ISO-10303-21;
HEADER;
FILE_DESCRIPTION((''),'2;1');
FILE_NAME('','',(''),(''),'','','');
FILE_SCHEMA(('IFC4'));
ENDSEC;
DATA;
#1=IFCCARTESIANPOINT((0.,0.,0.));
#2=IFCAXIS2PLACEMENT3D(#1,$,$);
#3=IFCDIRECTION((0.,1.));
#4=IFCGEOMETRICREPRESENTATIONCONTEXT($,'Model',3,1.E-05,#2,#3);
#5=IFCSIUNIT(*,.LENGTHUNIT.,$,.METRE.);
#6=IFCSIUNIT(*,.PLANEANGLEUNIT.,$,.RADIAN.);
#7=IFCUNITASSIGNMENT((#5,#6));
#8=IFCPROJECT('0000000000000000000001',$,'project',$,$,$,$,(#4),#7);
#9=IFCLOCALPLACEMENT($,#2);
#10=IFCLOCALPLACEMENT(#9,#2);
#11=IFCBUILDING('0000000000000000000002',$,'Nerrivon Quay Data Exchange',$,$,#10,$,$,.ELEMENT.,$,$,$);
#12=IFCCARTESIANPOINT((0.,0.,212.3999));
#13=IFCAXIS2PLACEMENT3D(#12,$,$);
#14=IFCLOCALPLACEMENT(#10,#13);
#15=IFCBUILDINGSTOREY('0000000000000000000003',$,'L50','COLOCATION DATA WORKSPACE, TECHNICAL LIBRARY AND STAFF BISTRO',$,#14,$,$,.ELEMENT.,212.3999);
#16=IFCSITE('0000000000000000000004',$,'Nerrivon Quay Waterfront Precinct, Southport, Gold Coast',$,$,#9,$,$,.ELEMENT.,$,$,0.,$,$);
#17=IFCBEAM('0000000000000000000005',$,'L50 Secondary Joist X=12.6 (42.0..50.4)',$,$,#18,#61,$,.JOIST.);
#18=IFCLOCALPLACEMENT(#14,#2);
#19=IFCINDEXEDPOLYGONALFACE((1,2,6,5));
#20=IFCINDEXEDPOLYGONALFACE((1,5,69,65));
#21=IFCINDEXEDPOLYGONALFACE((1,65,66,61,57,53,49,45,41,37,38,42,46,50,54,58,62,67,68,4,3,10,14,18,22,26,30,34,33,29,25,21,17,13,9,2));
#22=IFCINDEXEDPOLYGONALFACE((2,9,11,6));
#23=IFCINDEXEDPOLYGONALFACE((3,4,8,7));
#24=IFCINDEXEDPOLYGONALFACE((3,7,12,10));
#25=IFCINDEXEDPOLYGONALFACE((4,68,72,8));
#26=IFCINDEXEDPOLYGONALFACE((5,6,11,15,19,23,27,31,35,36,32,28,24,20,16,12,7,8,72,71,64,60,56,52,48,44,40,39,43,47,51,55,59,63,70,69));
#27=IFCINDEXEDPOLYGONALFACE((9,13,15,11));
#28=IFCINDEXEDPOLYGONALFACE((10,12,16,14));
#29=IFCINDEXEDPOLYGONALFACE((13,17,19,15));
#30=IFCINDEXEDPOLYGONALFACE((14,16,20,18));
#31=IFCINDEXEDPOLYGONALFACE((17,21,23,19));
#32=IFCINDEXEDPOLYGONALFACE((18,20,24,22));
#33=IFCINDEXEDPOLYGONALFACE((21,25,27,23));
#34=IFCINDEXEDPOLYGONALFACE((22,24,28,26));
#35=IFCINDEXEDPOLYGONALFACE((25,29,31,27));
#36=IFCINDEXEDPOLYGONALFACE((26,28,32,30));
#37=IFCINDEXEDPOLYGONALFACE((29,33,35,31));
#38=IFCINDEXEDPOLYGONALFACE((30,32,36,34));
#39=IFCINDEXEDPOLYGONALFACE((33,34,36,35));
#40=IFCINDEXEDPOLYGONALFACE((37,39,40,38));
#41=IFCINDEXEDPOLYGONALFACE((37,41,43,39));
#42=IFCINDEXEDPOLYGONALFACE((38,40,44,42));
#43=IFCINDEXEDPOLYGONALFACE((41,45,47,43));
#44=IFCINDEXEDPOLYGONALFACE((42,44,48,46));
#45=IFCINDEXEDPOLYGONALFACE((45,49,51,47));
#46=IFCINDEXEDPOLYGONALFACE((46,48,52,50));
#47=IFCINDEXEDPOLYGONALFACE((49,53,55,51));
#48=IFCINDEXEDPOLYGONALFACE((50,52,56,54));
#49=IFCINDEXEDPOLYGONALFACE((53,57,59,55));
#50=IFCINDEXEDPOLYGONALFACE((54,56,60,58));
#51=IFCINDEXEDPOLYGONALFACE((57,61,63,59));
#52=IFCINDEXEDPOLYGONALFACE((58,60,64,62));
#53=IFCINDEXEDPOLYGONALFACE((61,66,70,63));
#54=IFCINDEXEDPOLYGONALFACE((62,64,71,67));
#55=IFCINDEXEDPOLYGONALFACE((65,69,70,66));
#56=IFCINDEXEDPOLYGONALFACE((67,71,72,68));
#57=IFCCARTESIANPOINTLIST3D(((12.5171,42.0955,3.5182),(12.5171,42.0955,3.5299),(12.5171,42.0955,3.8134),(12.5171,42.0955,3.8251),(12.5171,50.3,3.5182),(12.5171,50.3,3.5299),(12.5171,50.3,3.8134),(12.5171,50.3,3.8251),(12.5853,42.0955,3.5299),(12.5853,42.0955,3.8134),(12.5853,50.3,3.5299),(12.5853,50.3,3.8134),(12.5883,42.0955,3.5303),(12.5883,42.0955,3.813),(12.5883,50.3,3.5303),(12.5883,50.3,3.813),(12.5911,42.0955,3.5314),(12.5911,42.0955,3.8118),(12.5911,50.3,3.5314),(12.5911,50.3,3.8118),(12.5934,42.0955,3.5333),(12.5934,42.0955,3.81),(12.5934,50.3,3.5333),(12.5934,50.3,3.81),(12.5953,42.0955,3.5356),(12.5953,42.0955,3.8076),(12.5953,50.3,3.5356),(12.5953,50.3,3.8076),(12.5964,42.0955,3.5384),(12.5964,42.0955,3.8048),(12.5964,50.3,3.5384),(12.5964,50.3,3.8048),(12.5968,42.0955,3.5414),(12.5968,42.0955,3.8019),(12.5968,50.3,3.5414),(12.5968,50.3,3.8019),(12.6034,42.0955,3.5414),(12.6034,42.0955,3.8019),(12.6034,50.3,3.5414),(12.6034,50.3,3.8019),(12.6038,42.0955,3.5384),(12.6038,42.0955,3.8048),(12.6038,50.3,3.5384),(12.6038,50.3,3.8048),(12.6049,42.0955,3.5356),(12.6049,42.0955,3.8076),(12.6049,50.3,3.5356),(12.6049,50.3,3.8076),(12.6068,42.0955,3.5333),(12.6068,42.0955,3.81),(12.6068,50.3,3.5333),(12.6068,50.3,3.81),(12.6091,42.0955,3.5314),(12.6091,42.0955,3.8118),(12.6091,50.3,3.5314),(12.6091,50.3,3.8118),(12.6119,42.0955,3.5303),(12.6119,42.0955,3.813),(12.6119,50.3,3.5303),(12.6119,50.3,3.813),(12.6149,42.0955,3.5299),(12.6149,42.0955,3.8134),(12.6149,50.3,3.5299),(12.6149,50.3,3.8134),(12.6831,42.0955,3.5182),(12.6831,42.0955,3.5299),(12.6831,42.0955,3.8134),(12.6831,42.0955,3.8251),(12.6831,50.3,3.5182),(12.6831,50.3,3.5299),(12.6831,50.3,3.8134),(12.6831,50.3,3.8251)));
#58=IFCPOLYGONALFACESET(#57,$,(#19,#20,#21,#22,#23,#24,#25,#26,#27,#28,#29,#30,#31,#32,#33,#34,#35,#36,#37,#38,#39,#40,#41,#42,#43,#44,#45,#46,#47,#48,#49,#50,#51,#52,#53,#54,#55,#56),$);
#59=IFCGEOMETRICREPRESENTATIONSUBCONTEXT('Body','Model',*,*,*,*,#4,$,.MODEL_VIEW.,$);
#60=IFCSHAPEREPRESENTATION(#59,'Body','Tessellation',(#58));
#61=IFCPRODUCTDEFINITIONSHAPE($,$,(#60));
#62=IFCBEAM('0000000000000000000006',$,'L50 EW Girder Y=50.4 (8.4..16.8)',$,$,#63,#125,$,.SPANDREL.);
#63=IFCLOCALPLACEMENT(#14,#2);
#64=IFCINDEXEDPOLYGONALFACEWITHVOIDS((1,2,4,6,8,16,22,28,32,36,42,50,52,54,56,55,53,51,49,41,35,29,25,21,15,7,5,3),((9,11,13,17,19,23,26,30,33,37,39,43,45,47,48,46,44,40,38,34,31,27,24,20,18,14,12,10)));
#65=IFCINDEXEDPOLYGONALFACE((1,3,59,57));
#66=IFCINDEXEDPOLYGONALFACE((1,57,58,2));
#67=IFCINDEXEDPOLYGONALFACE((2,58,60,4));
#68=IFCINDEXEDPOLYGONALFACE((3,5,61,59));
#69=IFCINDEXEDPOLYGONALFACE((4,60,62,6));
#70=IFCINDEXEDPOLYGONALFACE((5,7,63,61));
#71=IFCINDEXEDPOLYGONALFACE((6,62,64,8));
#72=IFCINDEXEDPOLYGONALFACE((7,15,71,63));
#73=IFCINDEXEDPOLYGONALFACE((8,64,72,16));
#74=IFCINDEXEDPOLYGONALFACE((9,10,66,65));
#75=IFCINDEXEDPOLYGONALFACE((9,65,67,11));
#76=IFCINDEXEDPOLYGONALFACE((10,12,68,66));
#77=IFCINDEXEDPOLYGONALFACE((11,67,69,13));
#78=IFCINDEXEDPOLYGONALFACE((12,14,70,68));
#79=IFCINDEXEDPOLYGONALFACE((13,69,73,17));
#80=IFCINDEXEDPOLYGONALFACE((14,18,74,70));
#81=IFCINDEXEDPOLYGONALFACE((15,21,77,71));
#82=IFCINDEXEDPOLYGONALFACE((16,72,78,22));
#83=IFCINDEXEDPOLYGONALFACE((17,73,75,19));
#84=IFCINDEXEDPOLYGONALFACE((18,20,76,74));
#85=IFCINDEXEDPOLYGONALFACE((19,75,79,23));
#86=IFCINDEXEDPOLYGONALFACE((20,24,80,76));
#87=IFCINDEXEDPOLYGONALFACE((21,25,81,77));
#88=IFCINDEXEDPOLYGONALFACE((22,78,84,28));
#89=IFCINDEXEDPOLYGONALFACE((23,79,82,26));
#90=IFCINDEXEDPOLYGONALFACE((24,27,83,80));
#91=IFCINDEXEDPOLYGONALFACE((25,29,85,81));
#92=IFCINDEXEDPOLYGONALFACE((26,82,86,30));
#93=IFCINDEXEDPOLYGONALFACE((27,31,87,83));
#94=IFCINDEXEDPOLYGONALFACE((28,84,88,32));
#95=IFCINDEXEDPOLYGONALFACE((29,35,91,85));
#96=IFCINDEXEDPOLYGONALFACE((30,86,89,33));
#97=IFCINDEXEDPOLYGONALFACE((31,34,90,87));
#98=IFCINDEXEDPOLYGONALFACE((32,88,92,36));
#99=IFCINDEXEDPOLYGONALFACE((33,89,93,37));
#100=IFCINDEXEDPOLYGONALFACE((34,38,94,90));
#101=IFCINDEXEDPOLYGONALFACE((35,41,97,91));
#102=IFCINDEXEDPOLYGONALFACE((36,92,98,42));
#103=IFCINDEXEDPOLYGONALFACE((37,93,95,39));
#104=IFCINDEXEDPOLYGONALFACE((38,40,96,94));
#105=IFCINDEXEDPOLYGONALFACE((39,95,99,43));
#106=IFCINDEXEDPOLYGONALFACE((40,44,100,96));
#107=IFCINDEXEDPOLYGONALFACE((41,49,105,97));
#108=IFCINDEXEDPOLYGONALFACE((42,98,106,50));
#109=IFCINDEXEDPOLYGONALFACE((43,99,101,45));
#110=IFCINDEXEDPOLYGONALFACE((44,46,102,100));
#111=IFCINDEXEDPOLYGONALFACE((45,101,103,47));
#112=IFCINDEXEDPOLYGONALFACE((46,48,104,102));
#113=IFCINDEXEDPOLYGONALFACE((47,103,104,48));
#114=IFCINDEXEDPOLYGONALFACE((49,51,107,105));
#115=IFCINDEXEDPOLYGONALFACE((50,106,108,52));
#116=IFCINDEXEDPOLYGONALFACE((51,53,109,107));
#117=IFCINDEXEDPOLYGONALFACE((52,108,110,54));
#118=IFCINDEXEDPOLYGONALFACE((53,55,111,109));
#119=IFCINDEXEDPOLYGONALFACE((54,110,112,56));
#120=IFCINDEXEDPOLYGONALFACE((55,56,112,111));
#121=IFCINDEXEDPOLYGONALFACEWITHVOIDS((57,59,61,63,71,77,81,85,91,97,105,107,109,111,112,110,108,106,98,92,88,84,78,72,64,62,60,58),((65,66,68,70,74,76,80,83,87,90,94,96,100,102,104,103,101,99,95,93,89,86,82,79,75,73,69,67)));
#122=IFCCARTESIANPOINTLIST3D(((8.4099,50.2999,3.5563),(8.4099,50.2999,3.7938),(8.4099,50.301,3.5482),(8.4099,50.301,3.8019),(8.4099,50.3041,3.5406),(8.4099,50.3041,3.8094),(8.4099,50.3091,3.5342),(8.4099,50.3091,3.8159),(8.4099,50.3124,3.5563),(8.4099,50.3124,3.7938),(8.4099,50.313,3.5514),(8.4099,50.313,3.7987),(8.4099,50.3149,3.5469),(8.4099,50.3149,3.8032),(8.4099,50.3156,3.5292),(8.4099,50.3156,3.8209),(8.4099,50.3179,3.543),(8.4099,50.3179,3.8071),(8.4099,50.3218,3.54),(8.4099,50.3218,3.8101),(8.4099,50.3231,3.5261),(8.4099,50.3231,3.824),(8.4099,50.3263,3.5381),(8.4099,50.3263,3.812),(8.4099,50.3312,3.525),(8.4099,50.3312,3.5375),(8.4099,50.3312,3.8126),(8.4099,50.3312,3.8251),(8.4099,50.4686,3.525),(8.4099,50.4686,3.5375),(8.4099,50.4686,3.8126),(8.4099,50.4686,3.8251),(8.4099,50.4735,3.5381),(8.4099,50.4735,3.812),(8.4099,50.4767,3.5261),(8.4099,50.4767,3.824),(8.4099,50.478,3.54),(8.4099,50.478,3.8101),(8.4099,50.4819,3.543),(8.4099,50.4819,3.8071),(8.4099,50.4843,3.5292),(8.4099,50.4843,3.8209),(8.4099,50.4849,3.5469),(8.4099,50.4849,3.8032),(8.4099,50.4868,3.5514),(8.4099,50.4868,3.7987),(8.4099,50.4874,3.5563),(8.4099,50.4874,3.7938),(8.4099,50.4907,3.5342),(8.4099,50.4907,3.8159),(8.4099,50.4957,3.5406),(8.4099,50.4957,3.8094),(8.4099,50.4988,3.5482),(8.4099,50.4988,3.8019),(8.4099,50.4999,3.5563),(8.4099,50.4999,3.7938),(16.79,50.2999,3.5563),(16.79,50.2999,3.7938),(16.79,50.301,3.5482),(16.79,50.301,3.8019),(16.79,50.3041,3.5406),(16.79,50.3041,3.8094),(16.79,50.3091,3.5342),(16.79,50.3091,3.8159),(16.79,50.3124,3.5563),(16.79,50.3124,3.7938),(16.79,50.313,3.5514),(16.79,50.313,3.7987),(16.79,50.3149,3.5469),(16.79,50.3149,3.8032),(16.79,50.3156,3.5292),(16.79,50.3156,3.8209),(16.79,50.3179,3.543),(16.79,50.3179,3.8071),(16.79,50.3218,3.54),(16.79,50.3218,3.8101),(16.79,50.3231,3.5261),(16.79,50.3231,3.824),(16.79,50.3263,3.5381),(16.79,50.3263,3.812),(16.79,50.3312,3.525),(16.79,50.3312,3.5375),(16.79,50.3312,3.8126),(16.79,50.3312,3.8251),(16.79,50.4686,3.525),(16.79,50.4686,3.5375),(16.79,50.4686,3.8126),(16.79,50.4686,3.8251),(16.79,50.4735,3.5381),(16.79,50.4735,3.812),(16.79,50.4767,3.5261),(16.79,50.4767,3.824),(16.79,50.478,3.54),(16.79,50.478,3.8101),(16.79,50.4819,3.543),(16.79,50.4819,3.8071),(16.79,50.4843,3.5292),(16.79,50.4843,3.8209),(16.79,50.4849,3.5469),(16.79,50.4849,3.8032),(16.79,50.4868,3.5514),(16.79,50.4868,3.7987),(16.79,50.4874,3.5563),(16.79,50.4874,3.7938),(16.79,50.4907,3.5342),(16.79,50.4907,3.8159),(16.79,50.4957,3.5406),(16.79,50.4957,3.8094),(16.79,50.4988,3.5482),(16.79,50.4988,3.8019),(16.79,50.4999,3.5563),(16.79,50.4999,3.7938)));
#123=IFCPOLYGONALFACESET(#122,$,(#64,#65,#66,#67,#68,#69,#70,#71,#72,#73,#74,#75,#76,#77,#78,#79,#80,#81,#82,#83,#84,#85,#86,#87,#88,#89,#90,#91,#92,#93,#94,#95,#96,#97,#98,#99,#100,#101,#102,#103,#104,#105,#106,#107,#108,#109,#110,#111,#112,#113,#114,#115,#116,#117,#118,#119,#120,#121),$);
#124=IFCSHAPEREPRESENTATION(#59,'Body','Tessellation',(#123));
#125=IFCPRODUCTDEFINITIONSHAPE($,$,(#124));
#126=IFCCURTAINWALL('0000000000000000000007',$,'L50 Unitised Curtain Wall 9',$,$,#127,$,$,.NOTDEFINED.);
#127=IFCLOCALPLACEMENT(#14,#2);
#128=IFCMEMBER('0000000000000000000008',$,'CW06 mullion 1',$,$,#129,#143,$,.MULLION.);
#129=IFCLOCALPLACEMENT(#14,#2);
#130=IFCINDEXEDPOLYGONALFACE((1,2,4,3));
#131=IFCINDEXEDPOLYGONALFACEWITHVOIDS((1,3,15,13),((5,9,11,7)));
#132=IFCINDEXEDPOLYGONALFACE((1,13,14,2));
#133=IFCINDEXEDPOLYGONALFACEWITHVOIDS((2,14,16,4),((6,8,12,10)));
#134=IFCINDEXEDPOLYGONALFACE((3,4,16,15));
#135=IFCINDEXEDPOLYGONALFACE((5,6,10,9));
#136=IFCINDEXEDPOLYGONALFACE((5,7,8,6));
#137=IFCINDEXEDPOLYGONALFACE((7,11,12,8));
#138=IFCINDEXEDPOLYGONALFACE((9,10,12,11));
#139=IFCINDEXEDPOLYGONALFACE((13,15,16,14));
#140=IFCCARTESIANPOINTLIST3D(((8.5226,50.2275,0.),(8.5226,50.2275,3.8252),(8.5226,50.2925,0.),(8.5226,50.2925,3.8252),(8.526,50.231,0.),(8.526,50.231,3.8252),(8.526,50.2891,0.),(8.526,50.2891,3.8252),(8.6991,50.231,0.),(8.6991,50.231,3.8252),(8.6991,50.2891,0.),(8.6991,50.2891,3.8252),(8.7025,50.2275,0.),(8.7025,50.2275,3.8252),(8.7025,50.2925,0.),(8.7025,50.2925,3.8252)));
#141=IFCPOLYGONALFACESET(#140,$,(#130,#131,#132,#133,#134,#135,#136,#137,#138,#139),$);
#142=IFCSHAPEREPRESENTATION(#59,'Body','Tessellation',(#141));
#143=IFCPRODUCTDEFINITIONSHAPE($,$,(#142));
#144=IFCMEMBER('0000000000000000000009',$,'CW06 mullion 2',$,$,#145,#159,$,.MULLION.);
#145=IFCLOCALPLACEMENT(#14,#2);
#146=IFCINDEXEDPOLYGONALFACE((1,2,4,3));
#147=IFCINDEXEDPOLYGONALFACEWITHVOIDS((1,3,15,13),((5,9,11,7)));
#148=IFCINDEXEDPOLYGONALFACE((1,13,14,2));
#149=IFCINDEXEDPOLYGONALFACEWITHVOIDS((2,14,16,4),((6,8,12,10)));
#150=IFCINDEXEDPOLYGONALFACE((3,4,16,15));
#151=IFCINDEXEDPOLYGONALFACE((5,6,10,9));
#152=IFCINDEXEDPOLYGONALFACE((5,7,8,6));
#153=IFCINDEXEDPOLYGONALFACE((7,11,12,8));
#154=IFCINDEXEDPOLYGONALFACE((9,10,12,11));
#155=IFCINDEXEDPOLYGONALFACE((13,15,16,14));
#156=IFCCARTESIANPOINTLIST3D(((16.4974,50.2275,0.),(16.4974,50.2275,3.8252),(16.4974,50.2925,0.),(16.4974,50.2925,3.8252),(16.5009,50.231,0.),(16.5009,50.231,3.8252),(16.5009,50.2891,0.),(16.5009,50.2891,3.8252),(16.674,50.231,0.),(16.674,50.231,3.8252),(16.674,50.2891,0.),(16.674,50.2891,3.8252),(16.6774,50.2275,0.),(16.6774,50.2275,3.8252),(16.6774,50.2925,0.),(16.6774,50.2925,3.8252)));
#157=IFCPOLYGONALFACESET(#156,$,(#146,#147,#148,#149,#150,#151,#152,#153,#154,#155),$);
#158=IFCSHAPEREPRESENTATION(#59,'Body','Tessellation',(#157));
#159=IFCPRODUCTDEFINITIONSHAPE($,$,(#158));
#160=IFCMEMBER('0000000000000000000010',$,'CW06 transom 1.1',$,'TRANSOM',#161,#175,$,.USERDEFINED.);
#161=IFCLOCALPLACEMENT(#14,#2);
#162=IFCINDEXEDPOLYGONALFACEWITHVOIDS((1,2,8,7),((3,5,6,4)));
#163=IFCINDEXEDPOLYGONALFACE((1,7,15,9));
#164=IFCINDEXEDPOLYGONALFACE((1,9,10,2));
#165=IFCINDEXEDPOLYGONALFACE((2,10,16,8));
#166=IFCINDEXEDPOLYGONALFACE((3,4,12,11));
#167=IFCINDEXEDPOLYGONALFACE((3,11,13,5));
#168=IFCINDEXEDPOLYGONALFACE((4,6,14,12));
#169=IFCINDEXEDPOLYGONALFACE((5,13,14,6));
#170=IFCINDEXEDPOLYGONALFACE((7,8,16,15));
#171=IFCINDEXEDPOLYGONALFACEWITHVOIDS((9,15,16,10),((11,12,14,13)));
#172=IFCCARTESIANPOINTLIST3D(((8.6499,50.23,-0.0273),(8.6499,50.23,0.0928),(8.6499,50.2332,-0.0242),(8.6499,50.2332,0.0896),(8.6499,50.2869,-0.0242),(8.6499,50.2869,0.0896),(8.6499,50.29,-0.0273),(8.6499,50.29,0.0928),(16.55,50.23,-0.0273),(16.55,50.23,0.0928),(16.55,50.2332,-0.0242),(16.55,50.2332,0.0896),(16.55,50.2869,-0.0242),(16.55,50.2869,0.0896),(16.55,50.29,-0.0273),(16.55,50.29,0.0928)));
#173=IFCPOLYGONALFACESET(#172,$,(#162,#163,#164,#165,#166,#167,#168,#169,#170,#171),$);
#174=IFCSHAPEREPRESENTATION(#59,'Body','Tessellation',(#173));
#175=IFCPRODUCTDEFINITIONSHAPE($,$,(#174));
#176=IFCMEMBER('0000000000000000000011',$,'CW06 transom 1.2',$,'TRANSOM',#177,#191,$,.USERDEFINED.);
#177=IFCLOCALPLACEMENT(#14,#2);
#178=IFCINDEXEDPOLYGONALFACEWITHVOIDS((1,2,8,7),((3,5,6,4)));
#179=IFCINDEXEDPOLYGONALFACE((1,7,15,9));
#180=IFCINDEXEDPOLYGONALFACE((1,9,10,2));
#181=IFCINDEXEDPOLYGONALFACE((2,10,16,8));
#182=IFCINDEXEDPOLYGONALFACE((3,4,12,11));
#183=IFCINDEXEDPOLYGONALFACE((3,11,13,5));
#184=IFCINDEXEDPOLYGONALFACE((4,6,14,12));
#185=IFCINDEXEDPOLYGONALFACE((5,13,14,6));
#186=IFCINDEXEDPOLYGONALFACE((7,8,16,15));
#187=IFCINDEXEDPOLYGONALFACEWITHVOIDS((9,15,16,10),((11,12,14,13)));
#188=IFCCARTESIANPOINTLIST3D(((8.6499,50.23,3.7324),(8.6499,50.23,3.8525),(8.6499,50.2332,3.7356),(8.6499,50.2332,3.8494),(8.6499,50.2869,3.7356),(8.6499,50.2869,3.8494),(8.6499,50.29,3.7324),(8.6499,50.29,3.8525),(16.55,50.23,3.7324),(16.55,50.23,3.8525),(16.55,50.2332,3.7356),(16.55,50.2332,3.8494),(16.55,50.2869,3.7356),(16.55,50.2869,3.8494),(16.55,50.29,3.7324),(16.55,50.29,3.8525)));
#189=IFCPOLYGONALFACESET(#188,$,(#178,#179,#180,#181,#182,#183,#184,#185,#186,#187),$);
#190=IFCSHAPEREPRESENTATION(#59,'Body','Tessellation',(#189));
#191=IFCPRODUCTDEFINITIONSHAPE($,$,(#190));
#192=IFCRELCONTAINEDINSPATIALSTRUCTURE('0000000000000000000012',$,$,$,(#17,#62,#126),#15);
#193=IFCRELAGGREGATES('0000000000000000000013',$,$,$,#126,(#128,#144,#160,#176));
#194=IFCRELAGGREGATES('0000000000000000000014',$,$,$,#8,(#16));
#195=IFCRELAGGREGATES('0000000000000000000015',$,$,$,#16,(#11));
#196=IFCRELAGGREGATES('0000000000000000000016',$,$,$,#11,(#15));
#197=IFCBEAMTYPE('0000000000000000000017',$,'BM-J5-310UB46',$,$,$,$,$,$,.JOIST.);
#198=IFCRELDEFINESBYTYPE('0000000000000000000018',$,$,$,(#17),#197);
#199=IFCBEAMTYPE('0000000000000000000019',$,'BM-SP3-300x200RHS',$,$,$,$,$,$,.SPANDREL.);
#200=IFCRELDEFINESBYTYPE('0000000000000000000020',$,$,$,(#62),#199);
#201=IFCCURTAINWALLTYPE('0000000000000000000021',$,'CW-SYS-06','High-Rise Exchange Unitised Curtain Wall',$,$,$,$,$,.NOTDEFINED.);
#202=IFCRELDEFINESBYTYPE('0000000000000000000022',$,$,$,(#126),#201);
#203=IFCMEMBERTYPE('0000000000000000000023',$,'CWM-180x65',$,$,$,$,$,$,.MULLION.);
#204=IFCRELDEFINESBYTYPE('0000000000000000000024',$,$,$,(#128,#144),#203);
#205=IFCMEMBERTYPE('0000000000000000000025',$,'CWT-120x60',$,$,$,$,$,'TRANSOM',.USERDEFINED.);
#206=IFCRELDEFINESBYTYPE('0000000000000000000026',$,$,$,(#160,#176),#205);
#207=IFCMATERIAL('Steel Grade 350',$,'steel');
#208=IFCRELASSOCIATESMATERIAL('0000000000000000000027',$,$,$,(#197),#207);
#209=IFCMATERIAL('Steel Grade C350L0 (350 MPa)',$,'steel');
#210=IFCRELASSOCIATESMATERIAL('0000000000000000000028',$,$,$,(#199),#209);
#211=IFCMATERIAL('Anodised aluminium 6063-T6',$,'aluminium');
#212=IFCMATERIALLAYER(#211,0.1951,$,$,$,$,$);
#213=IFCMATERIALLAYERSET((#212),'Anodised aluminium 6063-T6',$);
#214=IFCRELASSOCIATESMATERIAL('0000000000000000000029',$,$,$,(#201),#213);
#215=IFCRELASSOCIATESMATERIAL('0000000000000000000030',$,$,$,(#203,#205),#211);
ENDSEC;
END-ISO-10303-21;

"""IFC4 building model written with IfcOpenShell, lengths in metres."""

from ifc_helpers import new_model, si_unit, direction, frame, origin, origin_2d, place, context, subcontext, project, spatial, hollow_rectangle, i_section, extrude, material, layer, layer_set, material_profile, profile_set, type_object, element, aggregate, save


model = new_model("IFC4")

# Units and contexts
model_context = context("Model", 3, precision=1e-05, world=origin(), true_north=direction((0.0, 1.0)))
body_context = subcontext(model_context, "Body", "Model", "MODEL_VIEW")
ifc_project = project(units=[si_unit("LENGTHUNIT", "METRE"), si_unit("PLANEANGLEUNIT", "RADIAN")], contexts=[model_context])

# Site, building, storey
site_placement = place(None, origin())
site = spatial("IfcSite", under=ifc_project, at=site_placement, Name="Nerrivon Quay Waterfront Precinct, Southport, Gold Coast", CompositionType="ELEMENT", RefElevation=0.0)
building_placement = place(site_placement, origin())
building = spatial("IfcBuilding", under=site, at=building_placement, Name="Nerrivon Quay Data Exchange", CompositionType="ELEMENT")
storey_placement = place(building_placement, frame((0.0, 0.0, 212.3999)))
storey = spatial("IfcBuildingStorey", under=building, at=storey_placement, Name="L50", Description="COLOCATION DATA WORKSPACE, TECHNICAL LIBRARY AND STAFF BISTRO", CompositionType="ELEMENT", Elevation=212.3999)

# Shared definitions
ifc_material_1 = material(Name="Steel Grade 350", Category="steel")

# Beams
ifc_material_profile_1 = material_profile(ifc_material_1, i_section(OverallWidth=0.166, OverallDepth=0.3069, WebThickness=0.0066, FlangeThickness=0.0117, FilletRadius=0.0115, at=origin_2d()), Name="310UB46.2")
ifc_profile_set_1 = profile_set([ifc_material_profile_1], Name="Steel Grade 350")
beam_type_1 = type_object("IfcBeamType", Name="BM-J5-310UB46", PredefinedType="JOIST", material=ifc_profile_set_1)
beam_1_placement = place(storey_placement, frame((12.6001, 42.0955, 3.6716), z_axis=(0.0, 1.0, 0.0), x_axis=(-1.0, 0.0, 0.0)))
element("IfcBeam", 1, at=beam_1_placement, inside=storey, type_object=beam_type_1, Name="L50 Secondary Joist X=12.6 (42.0..50.4)", PredefinedType="JOIST", context=body_context, shape_type="SweptSolid", body=[
    extrude(i_section(OverallWidth=0.166, OverallDepth=0.3069, WebThickness=0.0066, FlangeThickness=0.0117, FilletRadius=0.0115, at=origin_2d()), origin(), (0.0, 0.0, 1.0), 8.2046),
])
ifc_material_2 = material(Name="Steel Grade C350L0 (350 MPa)", Category="steel")
ifc_material_profile_2 = material_profile(ifc_material_2, hollow_rectangle(XDim=0.2, YDim=0.3, WallThickness=0.0125, InnerFilletRadius=0.0188, OuterFilletRadius=0.0312, at=origin_2d()), Name="300x200x12.5RHS")
ifc_profile_set_2 = profile_set([ifc_material_profile_2], Name="Steel Grade C350L0 (350 MPa)")
beam_type_2 = type_object("IfcBeamType", Name="BM-SP3-300x200RHS", PredefinedType="SPANDREL", material=ifc_profile_set_2)
beam_2_placement = place(storey_placement, frame((8.4099, 50.3999, 3.675), z_axis=(1.0, 0.0, 0.0), x_axis=(0.0, 1.0, 0.0)))
element("IfcBeam", 2, at=beam_2_placement, inside=storey, type_object=beam_type_2, Name="L50 EW Girder Y=50.4 (8.4..16.8)", PredefinedType="SPANDREL", context=body_context, shape_type="SweptSolid", body=[
    extrude(hollow_rectangle(XDim=0.2, YDim=0.3, WallThickness=0.0125, InnerFilletRadius=0.0188, OuterFilletRadius=0.0312, at=origin_2d()), origin(), (0.0, 0.0, 1.0), 8.3801),
])

# Curtain wall, members
ifc_material_3 = material(Name="Anodised aluminium 6063-T6", Category="aluminium")
ifc_layer_1 = layer(ifc_material_3, 0.1951)
ifc_layer_set_1 = layer_set([ifc_layer_1], Name="Anodised aluminium 6063-T6")
curtain_wall_type = type_object("IfcCurtainWallType", Name="CW-SYS-06", Description="High-Rise Exchange Unitised Curtain Wall", PredefinedType="NOTDEFINED", material=ifc_layer_set_1)
curtain_wall_placement = place(storey_placement, origin())
curtain_wall = element("IfcCurtainWall", 3, at=curtain_wall_placement, inside=storey, type_object=curtain_wall_type, Name="L50 Unitised Curtain Wall 9", PredefinedType="NOTDEFINED")
ifc_material_profile_3 = material_profile(ifc_material_3, hollow_rectangle(XDim=0.0649, YDim=0.1799, WallThickness=0.0034, at=origin_2d()), Name="ALU-MULL-180x65")
ifc_profile_set_3 = profile_set([ifc_material_profile_3], Name="Anodised aluminium 6063-T6")
member_type_1 = type_object("IfcMemberType", Name="CWM-180x65", PredefinedType="MULLION", material=ifc_profile_set_3)
member_1_placement = place(storey_placement, frame((8.6125, 50.26, 0.0), z_axis=(0.0, 0.0, 1.0), x_axis=(0.0, 1.0, 0.0)))
member_1 = element("IfcMember", 4, at=member_1_placement, type_object=member_type_1, Name="CW06 mullion 1", PredefinedType="MULLION", context=body_context, shape_type="SweptSolid", body=[
    extrude(hollow_rectangle(XDim=0.0649, YDim=0.1799, WallThickness=0.0034, at=origin_2d()), origin(), (0.0, 0.0, 1.0), 3.8252),
])
member_2_placement = place(storey_placement, frame((16.5874, 50.26, 0.0), z_axis=(0.0, 0.0, 1.0), x_axis=(0.0, 1.0, 0.0)))
member_2 = element("IfcMember", 5, at=member_2_placement, type_object=member_type_1, Name="CW06 mullion 2", PredefinedType="MULLION", context=body_context, shape_type="SweptSolid", body=[
    extrude(hollow_rectangle(XDim=0.0649, YDim=0.1799, WallThickness=0.0034, at=origin_2d()), origin(), (0.0, 0.0, 1.0), 3.8252),
])
ifc_material_profile_4 = material_profile(ifc_material_3, hollow_rectangle(XDim=0.0601, YDim=0.1201, WallThickness=0.0032, at=origin_2d()), Name="ALU-TRAN-120x60")
ifc_profile_set_4 = profile_set([ifc_material_profile_4], Name="Anodised aluminium 6063-T6")
member_type_2 = type_object("IfcMemberType", Name="CWT-120x60", ElementType="TRANSOM", PredefinedType="USERDEFINED", material=ifc_profile_set_4)
member_3_placement = place(storey_placement, frame((8.6499, 50.26, 0.0327), z_axis=(1.0, 0.0, 0.0), x_axis=(0.0, 1.0, 0.0)))
member_3 = element("IfcMember", 6, at=member_3_placement, type_object=member_type_2, Name="CW06 transom 1.1", ObjectType="TRANSOM", PredefinedType="USERDEFINED", context=body_context, shape_type="SweptSolid", body=[
    extrude(hollow_rectangle(XDim=0.0601, YDim=0.1201, WallThickness=0.0032, at=origin_2d()), origin(), (0.0, 0.0, 1.0), 7.9001),
])
member_4_placement = place(storey_placement, frame((8.6499, 50.26, 3.7925), z_axis=(1.0, 0.0, 0.0), x_axis=(0.0, 1.0, 0.0)))
member_4 = element("IfcMember", 7, at=member_4_placement, type_object=member_type_2, Name="CW06 transom 1.2", ObjectType="TRANSOM", PredefinedType="USERDEFINED", context=body_context, shape_type="SweptSolid", body=[
    extrude(hollow_rectangle(XDim=0.0601, YDim=0.1201, WallThickness=0.0032, at=origin_2d()), origin(), (0.0, 0.0, 1.0), 7.9001),
])
aggregate(curtain_wall, [member_1, member_2, member_3, member_4])

save(model, "model.ifc")
